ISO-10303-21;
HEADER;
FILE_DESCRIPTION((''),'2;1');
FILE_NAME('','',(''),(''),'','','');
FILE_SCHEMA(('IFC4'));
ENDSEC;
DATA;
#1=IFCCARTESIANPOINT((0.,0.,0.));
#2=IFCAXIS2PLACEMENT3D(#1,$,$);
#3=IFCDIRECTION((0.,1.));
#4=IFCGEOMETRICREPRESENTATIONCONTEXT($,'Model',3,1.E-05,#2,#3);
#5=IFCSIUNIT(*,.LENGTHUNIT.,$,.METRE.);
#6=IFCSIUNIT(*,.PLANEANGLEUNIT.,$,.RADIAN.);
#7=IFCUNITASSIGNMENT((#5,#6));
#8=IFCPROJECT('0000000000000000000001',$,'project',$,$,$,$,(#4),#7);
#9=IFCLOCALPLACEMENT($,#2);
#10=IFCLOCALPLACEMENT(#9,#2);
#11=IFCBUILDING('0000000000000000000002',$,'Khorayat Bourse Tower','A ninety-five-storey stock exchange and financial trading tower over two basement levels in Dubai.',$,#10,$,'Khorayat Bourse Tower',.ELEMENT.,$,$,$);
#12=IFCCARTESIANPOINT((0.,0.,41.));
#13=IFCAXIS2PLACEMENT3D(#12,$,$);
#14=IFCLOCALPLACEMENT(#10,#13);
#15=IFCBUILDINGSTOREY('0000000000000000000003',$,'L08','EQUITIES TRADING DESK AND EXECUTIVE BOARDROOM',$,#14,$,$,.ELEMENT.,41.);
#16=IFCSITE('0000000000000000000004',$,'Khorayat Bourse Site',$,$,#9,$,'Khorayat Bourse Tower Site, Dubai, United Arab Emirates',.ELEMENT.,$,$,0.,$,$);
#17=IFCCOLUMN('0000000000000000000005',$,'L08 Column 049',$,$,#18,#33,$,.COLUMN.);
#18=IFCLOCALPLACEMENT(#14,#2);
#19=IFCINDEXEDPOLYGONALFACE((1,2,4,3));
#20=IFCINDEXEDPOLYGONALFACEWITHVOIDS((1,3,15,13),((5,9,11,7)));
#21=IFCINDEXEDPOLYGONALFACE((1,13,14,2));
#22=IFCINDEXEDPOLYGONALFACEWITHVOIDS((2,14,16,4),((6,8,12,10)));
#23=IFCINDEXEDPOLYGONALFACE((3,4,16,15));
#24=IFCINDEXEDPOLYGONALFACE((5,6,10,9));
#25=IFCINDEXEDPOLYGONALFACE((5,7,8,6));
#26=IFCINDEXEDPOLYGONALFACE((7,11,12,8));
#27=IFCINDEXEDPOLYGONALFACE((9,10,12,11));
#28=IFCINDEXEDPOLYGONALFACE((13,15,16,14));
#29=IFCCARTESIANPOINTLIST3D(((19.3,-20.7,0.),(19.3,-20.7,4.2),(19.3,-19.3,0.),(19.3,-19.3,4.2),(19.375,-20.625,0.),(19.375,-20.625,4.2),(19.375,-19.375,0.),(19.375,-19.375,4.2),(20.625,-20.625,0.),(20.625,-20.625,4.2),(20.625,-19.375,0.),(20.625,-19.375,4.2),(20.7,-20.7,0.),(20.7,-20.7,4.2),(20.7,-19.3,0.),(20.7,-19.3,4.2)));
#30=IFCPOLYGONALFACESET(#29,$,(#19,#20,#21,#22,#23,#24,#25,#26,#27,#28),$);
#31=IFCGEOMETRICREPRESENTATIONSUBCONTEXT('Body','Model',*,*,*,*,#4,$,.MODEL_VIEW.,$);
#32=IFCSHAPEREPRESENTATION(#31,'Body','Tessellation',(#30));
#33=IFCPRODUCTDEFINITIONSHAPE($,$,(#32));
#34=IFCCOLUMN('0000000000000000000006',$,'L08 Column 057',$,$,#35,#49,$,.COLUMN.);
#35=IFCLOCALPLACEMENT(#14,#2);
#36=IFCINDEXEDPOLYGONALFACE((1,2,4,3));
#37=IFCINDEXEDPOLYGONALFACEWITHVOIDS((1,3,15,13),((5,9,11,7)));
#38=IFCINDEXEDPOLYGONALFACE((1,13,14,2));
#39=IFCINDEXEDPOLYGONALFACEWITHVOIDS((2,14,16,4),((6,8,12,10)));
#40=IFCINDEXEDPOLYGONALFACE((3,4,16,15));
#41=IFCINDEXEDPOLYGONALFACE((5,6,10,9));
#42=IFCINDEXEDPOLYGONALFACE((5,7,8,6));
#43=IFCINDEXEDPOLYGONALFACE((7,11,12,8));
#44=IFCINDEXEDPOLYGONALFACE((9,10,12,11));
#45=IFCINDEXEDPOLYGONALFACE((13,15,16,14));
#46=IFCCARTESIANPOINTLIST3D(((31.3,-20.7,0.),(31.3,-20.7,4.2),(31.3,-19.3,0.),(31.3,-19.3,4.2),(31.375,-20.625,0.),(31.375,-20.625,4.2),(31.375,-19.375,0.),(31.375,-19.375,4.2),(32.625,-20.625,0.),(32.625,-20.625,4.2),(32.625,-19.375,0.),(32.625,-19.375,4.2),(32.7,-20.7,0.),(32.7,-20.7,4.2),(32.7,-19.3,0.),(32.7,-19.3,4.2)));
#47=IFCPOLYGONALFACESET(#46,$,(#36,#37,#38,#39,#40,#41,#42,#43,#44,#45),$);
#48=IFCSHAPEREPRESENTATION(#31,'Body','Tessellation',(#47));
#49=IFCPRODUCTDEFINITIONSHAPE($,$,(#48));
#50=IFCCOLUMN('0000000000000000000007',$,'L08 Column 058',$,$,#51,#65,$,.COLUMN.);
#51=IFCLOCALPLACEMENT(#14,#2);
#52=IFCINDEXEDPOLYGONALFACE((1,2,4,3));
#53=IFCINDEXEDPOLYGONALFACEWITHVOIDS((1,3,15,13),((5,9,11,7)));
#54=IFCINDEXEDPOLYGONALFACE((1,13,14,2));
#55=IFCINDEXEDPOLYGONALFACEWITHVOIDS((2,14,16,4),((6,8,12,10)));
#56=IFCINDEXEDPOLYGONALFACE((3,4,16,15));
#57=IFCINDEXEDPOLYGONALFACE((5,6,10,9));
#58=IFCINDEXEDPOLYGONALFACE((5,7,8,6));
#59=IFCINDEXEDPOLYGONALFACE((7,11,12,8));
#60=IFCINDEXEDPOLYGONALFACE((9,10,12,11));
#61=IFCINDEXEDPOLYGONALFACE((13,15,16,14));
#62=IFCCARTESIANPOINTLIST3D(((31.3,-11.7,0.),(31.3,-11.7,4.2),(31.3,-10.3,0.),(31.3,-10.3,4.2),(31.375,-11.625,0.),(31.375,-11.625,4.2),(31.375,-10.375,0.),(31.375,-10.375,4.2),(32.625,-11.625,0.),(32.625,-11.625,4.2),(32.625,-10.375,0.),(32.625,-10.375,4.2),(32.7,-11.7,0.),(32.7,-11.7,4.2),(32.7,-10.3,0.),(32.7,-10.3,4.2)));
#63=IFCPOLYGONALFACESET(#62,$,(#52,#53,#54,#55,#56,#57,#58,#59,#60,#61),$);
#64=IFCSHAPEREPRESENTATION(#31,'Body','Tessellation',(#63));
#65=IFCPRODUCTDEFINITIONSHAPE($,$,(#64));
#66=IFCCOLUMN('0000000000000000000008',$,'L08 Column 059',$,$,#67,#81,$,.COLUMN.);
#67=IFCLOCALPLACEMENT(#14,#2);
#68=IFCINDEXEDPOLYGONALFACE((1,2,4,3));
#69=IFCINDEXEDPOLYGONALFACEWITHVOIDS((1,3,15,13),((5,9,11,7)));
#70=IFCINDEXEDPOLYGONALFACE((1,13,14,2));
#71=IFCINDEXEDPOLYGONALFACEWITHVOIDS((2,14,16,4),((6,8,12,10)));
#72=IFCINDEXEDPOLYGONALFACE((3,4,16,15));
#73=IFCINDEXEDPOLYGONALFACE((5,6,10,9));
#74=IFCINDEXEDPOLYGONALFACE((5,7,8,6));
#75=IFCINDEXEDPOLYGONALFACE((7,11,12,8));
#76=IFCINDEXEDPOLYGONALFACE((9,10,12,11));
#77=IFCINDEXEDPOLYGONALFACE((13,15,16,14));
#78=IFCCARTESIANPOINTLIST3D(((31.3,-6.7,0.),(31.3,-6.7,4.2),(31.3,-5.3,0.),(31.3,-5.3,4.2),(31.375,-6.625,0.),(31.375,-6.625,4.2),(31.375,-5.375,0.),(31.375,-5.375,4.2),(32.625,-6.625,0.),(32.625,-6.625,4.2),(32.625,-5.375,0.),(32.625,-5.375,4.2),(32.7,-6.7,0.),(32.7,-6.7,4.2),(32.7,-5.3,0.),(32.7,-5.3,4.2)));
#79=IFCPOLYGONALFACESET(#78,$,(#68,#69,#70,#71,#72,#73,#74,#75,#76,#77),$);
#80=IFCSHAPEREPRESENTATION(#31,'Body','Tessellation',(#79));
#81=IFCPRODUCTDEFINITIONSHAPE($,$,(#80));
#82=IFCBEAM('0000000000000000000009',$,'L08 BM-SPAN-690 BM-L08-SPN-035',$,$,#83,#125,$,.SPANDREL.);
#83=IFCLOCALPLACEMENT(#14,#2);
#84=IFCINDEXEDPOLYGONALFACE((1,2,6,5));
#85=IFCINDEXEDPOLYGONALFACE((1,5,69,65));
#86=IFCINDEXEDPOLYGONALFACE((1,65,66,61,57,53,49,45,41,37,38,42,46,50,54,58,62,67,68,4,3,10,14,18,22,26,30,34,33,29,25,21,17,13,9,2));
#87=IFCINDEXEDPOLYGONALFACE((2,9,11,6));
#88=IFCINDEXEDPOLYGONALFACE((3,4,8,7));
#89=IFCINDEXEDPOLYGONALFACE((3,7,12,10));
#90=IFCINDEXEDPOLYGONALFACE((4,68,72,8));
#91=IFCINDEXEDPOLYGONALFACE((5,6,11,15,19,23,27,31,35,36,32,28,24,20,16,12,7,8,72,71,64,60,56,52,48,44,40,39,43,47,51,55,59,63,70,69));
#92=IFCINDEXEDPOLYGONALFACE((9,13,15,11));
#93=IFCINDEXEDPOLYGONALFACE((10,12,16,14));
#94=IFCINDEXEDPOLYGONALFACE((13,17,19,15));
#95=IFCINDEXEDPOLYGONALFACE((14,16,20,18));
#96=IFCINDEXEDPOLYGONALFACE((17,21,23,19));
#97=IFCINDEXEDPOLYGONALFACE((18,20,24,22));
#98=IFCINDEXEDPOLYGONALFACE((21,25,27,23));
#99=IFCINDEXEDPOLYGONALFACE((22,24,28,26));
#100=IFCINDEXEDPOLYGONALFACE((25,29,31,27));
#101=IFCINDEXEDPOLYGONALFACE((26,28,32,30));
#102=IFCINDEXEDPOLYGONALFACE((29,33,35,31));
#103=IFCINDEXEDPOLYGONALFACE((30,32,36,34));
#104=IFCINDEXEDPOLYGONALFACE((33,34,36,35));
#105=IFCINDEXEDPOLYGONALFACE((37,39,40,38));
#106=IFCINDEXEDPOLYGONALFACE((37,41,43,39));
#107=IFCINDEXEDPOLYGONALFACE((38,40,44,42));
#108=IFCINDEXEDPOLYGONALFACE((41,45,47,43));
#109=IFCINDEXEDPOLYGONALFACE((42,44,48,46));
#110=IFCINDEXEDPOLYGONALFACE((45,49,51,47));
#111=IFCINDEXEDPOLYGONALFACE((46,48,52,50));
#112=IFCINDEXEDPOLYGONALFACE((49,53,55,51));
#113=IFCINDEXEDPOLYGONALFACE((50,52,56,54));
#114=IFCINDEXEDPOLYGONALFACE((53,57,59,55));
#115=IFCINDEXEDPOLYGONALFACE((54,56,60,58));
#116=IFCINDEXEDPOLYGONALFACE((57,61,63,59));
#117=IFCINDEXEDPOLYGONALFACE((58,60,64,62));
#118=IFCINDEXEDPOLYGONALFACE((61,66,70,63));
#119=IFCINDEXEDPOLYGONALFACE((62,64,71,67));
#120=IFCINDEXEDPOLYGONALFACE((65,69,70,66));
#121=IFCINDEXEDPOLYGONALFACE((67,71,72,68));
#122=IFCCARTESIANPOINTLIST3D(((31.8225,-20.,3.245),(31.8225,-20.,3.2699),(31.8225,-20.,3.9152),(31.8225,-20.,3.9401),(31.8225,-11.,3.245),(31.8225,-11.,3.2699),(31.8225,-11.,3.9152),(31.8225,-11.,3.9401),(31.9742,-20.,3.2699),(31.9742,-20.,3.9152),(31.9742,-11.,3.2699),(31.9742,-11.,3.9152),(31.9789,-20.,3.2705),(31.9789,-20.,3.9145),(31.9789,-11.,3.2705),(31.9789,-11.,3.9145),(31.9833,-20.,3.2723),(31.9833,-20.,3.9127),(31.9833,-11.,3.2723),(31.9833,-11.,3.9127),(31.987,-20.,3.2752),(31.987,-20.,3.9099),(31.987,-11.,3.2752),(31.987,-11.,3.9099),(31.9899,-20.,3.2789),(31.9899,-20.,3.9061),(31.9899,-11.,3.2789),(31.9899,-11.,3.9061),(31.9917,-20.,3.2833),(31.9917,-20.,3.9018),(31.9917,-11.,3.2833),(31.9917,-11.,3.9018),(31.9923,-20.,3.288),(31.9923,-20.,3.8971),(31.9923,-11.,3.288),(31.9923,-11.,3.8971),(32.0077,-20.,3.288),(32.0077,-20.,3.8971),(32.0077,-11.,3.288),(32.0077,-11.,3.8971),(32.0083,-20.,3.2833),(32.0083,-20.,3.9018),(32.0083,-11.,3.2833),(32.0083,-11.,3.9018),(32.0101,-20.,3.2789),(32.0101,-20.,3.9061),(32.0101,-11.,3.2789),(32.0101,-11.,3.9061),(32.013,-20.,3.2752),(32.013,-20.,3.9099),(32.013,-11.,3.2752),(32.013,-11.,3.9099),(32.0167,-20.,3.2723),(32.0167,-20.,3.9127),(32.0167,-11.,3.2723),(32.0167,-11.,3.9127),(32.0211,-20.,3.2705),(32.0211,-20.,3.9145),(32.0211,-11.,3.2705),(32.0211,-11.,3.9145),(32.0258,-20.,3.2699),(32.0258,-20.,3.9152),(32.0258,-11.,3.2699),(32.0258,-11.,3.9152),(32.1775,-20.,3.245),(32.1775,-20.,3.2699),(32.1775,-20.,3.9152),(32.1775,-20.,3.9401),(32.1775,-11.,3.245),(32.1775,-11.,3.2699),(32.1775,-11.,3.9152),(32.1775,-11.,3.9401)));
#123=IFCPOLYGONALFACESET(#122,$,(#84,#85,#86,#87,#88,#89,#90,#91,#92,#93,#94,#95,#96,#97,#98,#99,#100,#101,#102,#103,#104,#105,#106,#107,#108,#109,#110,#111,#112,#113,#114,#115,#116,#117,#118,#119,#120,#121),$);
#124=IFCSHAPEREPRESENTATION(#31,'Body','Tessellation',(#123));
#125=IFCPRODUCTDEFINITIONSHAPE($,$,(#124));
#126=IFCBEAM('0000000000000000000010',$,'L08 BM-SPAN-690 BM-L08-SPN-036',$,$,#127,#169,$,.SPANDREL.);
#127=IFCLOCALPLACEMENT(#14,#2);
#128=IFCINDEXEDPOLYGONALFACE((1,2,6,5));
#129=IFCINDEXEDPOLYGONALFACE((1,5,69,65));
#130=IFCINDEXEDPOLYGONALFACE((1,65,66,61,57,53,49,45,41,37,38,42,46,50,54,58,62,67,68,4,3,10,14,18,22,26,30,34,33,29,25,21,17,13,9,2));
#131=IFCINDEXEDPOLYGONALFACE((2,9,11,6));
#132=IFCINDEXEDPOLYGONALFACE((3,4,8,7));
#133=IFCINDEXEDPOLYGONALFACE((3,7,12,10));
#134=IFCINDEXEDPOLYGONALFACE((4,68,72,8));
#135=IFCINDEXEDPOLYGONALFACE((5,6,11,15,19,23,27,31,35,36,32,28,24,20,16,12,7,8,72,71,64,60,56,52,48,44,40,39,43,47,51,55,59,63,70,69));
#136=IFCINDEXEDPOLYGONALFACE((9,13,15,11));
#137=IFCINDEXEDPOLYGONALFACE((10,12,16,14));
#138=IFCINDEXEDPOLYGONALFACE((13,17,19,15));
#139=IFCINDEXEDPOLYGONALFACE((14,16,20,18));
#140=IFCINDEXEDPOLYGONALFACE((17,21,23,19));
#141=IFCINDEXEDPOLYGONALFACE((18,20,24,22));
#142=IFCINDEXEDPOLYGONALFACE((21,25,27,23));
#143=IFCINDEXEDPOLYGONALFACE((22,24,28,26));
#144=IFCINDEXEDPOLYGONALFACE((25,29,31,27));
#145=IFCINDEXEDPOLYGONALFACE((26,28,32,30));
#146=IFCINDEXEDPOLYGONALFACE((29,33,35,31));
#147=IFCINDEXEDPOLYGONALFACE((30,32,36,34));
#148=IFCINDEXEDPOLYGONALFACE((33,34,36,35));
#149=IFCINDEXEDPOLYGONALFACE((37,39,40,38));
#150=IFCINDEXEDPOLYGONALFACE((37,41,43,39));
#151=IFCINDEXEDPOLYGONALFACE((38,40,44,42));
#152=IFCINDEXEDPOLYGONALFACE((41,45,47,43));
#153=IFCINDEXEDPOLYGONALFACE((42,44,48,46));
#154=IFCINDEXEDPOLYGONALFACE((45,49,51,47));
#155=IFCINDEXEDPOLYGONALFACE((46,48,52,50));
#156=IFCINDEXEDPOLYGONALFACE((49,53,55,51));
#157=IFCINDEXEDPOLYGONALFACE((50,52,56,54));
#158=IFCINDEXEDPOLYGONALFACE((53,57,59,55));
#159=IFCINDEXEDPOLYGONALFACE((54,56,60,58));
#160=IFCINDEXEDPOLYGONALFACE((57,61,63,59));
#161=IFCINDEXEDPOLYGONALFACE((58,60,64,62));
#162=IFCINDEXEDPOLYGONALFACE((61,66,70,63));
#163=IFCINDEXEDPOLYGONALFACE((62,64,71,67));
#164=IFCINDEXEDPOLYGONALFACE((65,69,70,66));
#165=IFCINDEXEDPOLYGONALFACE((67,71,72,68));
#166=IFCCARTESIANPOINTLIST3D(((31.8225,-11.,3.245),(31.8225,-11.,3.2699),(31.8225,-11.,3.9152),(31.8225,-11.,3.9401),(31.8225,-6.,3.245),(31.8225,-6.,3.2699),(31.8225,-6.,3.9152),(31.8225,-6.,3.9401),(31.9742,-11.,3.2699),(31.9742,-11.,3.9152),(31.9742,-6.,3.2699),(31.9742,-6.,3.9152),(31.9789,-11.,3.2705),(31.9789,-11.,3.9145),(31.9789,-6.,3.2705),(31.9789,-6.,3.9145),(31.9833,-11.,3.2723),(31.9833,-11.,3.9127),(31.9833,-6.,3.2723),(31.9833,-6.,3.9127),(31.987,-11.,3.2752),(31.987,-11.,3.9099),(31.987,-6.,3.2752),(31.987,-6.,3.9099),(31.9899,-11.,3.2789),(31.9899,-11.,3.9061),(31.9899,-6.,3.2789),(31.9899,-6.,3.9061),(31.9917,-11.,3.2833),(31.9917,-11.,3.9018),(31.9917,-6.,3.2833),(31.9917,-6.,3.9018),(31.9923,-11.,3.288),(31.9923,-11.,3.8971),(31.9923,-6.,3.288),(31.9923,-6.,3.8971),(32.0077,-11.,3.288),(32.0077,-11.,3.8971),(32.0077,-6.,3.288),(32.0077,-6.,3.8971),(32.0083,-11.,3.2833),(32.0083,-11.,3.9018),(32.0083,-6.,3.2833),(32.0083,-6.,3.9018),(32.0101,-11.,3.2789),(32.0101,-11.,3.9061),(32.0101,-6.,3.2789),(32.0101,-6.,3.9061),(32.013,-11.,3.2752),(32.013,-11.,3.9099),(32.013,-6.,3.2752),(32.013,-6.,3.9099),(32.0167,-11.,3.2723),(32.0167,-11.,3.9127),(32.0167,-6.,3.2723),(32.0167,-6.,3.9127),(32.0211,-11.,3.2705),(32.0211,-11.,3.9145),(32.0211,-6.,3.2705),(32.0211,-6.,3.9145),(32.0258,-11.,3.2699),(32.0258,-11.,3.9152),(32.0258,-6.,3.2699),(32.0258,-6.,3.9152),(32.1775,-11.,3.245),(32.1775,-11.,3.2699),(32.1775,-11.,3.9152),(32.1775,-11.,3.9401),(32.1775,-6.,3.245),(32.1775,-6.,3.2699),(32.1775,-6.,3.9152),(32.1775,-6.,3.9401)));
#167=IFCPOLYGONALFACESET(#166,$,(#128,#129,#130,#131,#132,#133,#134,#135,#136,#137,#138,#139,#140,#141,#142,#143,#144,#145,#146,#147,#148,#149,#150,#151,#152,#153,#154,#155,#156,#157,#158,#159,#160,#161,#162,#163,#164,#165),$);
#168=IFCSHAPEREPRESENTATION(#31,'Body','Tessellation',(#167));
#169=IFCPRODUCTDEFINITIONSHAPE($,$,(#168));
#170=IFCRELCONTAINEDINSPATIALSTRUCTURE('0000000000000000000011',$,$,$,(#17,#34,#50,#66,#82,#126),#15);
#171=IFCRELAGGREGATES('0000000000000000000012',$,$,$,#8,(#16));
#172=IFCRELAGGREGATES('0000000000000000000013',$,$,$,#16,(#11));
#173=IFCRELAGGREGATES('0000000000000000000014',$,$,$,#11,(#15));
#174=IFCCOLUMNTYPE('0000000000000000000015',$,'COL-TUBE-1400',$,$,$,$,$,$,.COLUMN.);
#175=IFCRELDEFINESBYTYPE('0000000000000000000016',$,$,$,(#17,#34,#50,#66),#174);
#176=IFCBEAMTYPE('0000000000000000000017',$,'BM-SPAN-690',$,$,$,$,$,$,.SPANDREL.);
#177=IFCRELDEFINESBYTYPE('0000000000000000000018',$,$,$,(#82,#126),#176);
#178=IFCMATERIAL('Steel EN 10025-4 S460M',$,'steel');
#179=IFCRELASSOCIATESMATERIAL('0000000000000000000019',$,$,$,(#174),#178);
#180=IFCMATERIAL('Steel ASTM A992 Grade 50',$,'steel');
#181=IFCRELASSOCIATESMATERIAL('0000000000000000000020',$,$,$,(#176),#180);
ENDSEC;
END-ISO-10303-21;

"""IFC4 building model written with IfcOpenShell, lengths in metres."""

from ifc_helpers import new_model, si_unit, direction, frame, origin, origin_2d, place, context, subcontext, project, spatial, hollow_rectangle, i_section, extrude, source, transform, mapped, material, material_profile, profile_set, type_object, element, save


model = new_model("IFC4")

# Units and contexts
model_context = context("Model", 3, precision=1e-05, world=origin(), true_north=direction((0.0, 1.0)))
body_context = subcontext(model_context, "Body", "Model", "MODEL_VIEW")
ifc_project = project(units=[si_unit("LENGTHUNIT", "METRE"), si_unit("PLANEANGLEUNIT", "RADIAN")], contexts=[model_context])

# Site, building, storey
site_placement = place(None, origin())
site = spatial("IfcSite", under=ifc_project, at=site_placement, Name="Khorayat Bourse Site", LongName="Khorayat Bourse Tower Site, Dubai, United Arab Emirates", CompositionType="ELEMENT", RefElevation=0.0)
building_placement = place(site_placement, origin())
building = spatial("IfcBuilding", under=site, at=building_placement, Name="Khorayat Bourse Tower", Description="A ninety-five-storey stock exchange and financial trading tower over two basement levels in Dubai.", LongName="Khorayat Bourse Tower", CompositionType="ELEMENT")
storey_placement = place(building_placement, frame((0.0, 0.0, 41.0)))
storey = spatial("IfcBuildingStorey", under=building, at=storey_placement, Name="L08", Description="EQUITIES TRADING DESK AND EXECUTIVE BOARDROOM", CompositionType="ELEMENT", Elevation=41.0)

# Columns
ifc_material_1 = material(Name="Steel EN 10025-4 S460M", Category="steel")
ifc_material_profile_1 = material_profile(ifc_material_1, hollow_rectangle(XDim=1.3999, YDim=1.3999, WallThickness=0.075, at=origin_2d()), Name="BOX 1400x1400x75")
ifc_profile_set_1 = profile_set([ifc_material_profile_1], Name="Steel EN 10025-4 S460M")
column_type = type_object("IfcColumnType", Name="COL-TUBE-1400", PredefinedType="COLUMN", material=ifc_profile_set_1)
shared_shape_1 = source(origin(), body_context, "Body", "SweptSolid", [
    extrude(hollow_rectangle(XDim=1.3999, YDim=1.3999, WallThickness=0.075, at=origin_2d()), origin(), (0.0, 0.0, 1.0), 4.2),
])
for number, where, z_axis, x_axis, name in (
    (1, (20.0, -20.0, 0.0), (0.0, 0.0, 1.0), (1.0, 0.0, 0.0), "L08 Column 049"),
    (2, (32.0, -20.0, 0.0), (0.0, 0.0, 1.0), (1.0, 0.0, 0.0), "L08 Column 057"),
    (3, (32.0, -11.0, 0.0), (0.0, 0.0, 1.0), (1.0, 0.0, 0.0), "L08 Column 058"),
    (4, (32.0, -6.0, 0.0), (0.0, 0.0, 1.0), (1.0, 0.0, 0.0), "L08 Column 059"),
):
    element("IfcColumn", number, at=place(storey_placement, frame(where, z_axis=z_axis, x_axis=x_axis)), inside=storey, type_object=column_type, Name=name, PredefinedType="COLUMN", context=body_context, shape_type="MappedRepresentation", body=[
        mapped(shared_shape_1, transform((0.0, 0.0, 0.0), scale=1.0)),
    ])

# Beams
ifc_material_2 = material(Name="Steel ASTM A992 Grade 50", Category="steel")
ifc_material_profile_2 = material_profile(ifc_material_2, i_section(OverallWidth=0.355, OverallDepth=0.6951, WebThickness=0.0154, FlangeThickness=0.0249, FilletRadius=0.0181, at=origin_2d()), Name="W690X217")
ifc_profile_set_2 = profile_set([ifc_material_profile_2], Name="Steel ASTM A992 Grade 50")
beam_type_1 = type_object("IfcBeamType", Name="BM-SPAN-690", PredefinedType="SPANDREL", material=ifc_profile_set_2)
shared_shape_2 = source(origin(), body_context, "Body", "SweptSolid", [
    extrude(i_section(OverallWidth=0.355, OverallDepth=0.6951, WebThickness=0.0154, FlangeThickness=0.0249, FilletRadius=0.0181, at=origin_2d()), origin(), (0.0, 0.0, 1.0), 9.0),
])
beam_1_placement = place(storey_placement, frame((32.0, -20.0, 3.5925), z_axis=(0.0, 1.0, 0.0), x_axis=(-1.0, 0.0, 0.0)))
element("IfcBeam", 5, at=beam_1_placement, inside=storey, type_object=beam_type_1, Name="L08 BM-SPAN-690 BM-L08-SPN-035", PredefinedType="SPANDREL", context=body_context, shape_type="MappedRepresentation", body=[
    mapped(shared_shape_2, transform((0.0, 0.0, 0.0), scale=1.0)),
])
shared_shape_3 = source(origin(), body_context, "Body", "SweptSolid", [
    extrude(i_section(OverallWidth=0.355, OverallDepth=0.6951, WebThickness=0.0154, FlangeThickness=0.0249, FilletRadius=0.0181, at=origin_2d()), origin(), (0.0, 0.0, 1.0), 5.0),
])
beam_2_placement = place(storey_placement, frame((32.0, -11.0, 3.5925), z_axis=(0.0, 1.0, 0.0), x_axis=(-1.0, 0.0, 0.0)))
element("IfcBeam", 6, at=beam_2_placement, inside=storey, type_object=beam_type_1, Name="L08 BM-SPAN-690 BM-L08-SPN-036", PredefinedType="SPANDREL", context=body_context, shape_type="MappedRepresentation", body=[
    mapped(shared_shape_3, transform((0.0, 0.0, 0.0), scale=1.0)),
])

save(model, "model.ifc")
